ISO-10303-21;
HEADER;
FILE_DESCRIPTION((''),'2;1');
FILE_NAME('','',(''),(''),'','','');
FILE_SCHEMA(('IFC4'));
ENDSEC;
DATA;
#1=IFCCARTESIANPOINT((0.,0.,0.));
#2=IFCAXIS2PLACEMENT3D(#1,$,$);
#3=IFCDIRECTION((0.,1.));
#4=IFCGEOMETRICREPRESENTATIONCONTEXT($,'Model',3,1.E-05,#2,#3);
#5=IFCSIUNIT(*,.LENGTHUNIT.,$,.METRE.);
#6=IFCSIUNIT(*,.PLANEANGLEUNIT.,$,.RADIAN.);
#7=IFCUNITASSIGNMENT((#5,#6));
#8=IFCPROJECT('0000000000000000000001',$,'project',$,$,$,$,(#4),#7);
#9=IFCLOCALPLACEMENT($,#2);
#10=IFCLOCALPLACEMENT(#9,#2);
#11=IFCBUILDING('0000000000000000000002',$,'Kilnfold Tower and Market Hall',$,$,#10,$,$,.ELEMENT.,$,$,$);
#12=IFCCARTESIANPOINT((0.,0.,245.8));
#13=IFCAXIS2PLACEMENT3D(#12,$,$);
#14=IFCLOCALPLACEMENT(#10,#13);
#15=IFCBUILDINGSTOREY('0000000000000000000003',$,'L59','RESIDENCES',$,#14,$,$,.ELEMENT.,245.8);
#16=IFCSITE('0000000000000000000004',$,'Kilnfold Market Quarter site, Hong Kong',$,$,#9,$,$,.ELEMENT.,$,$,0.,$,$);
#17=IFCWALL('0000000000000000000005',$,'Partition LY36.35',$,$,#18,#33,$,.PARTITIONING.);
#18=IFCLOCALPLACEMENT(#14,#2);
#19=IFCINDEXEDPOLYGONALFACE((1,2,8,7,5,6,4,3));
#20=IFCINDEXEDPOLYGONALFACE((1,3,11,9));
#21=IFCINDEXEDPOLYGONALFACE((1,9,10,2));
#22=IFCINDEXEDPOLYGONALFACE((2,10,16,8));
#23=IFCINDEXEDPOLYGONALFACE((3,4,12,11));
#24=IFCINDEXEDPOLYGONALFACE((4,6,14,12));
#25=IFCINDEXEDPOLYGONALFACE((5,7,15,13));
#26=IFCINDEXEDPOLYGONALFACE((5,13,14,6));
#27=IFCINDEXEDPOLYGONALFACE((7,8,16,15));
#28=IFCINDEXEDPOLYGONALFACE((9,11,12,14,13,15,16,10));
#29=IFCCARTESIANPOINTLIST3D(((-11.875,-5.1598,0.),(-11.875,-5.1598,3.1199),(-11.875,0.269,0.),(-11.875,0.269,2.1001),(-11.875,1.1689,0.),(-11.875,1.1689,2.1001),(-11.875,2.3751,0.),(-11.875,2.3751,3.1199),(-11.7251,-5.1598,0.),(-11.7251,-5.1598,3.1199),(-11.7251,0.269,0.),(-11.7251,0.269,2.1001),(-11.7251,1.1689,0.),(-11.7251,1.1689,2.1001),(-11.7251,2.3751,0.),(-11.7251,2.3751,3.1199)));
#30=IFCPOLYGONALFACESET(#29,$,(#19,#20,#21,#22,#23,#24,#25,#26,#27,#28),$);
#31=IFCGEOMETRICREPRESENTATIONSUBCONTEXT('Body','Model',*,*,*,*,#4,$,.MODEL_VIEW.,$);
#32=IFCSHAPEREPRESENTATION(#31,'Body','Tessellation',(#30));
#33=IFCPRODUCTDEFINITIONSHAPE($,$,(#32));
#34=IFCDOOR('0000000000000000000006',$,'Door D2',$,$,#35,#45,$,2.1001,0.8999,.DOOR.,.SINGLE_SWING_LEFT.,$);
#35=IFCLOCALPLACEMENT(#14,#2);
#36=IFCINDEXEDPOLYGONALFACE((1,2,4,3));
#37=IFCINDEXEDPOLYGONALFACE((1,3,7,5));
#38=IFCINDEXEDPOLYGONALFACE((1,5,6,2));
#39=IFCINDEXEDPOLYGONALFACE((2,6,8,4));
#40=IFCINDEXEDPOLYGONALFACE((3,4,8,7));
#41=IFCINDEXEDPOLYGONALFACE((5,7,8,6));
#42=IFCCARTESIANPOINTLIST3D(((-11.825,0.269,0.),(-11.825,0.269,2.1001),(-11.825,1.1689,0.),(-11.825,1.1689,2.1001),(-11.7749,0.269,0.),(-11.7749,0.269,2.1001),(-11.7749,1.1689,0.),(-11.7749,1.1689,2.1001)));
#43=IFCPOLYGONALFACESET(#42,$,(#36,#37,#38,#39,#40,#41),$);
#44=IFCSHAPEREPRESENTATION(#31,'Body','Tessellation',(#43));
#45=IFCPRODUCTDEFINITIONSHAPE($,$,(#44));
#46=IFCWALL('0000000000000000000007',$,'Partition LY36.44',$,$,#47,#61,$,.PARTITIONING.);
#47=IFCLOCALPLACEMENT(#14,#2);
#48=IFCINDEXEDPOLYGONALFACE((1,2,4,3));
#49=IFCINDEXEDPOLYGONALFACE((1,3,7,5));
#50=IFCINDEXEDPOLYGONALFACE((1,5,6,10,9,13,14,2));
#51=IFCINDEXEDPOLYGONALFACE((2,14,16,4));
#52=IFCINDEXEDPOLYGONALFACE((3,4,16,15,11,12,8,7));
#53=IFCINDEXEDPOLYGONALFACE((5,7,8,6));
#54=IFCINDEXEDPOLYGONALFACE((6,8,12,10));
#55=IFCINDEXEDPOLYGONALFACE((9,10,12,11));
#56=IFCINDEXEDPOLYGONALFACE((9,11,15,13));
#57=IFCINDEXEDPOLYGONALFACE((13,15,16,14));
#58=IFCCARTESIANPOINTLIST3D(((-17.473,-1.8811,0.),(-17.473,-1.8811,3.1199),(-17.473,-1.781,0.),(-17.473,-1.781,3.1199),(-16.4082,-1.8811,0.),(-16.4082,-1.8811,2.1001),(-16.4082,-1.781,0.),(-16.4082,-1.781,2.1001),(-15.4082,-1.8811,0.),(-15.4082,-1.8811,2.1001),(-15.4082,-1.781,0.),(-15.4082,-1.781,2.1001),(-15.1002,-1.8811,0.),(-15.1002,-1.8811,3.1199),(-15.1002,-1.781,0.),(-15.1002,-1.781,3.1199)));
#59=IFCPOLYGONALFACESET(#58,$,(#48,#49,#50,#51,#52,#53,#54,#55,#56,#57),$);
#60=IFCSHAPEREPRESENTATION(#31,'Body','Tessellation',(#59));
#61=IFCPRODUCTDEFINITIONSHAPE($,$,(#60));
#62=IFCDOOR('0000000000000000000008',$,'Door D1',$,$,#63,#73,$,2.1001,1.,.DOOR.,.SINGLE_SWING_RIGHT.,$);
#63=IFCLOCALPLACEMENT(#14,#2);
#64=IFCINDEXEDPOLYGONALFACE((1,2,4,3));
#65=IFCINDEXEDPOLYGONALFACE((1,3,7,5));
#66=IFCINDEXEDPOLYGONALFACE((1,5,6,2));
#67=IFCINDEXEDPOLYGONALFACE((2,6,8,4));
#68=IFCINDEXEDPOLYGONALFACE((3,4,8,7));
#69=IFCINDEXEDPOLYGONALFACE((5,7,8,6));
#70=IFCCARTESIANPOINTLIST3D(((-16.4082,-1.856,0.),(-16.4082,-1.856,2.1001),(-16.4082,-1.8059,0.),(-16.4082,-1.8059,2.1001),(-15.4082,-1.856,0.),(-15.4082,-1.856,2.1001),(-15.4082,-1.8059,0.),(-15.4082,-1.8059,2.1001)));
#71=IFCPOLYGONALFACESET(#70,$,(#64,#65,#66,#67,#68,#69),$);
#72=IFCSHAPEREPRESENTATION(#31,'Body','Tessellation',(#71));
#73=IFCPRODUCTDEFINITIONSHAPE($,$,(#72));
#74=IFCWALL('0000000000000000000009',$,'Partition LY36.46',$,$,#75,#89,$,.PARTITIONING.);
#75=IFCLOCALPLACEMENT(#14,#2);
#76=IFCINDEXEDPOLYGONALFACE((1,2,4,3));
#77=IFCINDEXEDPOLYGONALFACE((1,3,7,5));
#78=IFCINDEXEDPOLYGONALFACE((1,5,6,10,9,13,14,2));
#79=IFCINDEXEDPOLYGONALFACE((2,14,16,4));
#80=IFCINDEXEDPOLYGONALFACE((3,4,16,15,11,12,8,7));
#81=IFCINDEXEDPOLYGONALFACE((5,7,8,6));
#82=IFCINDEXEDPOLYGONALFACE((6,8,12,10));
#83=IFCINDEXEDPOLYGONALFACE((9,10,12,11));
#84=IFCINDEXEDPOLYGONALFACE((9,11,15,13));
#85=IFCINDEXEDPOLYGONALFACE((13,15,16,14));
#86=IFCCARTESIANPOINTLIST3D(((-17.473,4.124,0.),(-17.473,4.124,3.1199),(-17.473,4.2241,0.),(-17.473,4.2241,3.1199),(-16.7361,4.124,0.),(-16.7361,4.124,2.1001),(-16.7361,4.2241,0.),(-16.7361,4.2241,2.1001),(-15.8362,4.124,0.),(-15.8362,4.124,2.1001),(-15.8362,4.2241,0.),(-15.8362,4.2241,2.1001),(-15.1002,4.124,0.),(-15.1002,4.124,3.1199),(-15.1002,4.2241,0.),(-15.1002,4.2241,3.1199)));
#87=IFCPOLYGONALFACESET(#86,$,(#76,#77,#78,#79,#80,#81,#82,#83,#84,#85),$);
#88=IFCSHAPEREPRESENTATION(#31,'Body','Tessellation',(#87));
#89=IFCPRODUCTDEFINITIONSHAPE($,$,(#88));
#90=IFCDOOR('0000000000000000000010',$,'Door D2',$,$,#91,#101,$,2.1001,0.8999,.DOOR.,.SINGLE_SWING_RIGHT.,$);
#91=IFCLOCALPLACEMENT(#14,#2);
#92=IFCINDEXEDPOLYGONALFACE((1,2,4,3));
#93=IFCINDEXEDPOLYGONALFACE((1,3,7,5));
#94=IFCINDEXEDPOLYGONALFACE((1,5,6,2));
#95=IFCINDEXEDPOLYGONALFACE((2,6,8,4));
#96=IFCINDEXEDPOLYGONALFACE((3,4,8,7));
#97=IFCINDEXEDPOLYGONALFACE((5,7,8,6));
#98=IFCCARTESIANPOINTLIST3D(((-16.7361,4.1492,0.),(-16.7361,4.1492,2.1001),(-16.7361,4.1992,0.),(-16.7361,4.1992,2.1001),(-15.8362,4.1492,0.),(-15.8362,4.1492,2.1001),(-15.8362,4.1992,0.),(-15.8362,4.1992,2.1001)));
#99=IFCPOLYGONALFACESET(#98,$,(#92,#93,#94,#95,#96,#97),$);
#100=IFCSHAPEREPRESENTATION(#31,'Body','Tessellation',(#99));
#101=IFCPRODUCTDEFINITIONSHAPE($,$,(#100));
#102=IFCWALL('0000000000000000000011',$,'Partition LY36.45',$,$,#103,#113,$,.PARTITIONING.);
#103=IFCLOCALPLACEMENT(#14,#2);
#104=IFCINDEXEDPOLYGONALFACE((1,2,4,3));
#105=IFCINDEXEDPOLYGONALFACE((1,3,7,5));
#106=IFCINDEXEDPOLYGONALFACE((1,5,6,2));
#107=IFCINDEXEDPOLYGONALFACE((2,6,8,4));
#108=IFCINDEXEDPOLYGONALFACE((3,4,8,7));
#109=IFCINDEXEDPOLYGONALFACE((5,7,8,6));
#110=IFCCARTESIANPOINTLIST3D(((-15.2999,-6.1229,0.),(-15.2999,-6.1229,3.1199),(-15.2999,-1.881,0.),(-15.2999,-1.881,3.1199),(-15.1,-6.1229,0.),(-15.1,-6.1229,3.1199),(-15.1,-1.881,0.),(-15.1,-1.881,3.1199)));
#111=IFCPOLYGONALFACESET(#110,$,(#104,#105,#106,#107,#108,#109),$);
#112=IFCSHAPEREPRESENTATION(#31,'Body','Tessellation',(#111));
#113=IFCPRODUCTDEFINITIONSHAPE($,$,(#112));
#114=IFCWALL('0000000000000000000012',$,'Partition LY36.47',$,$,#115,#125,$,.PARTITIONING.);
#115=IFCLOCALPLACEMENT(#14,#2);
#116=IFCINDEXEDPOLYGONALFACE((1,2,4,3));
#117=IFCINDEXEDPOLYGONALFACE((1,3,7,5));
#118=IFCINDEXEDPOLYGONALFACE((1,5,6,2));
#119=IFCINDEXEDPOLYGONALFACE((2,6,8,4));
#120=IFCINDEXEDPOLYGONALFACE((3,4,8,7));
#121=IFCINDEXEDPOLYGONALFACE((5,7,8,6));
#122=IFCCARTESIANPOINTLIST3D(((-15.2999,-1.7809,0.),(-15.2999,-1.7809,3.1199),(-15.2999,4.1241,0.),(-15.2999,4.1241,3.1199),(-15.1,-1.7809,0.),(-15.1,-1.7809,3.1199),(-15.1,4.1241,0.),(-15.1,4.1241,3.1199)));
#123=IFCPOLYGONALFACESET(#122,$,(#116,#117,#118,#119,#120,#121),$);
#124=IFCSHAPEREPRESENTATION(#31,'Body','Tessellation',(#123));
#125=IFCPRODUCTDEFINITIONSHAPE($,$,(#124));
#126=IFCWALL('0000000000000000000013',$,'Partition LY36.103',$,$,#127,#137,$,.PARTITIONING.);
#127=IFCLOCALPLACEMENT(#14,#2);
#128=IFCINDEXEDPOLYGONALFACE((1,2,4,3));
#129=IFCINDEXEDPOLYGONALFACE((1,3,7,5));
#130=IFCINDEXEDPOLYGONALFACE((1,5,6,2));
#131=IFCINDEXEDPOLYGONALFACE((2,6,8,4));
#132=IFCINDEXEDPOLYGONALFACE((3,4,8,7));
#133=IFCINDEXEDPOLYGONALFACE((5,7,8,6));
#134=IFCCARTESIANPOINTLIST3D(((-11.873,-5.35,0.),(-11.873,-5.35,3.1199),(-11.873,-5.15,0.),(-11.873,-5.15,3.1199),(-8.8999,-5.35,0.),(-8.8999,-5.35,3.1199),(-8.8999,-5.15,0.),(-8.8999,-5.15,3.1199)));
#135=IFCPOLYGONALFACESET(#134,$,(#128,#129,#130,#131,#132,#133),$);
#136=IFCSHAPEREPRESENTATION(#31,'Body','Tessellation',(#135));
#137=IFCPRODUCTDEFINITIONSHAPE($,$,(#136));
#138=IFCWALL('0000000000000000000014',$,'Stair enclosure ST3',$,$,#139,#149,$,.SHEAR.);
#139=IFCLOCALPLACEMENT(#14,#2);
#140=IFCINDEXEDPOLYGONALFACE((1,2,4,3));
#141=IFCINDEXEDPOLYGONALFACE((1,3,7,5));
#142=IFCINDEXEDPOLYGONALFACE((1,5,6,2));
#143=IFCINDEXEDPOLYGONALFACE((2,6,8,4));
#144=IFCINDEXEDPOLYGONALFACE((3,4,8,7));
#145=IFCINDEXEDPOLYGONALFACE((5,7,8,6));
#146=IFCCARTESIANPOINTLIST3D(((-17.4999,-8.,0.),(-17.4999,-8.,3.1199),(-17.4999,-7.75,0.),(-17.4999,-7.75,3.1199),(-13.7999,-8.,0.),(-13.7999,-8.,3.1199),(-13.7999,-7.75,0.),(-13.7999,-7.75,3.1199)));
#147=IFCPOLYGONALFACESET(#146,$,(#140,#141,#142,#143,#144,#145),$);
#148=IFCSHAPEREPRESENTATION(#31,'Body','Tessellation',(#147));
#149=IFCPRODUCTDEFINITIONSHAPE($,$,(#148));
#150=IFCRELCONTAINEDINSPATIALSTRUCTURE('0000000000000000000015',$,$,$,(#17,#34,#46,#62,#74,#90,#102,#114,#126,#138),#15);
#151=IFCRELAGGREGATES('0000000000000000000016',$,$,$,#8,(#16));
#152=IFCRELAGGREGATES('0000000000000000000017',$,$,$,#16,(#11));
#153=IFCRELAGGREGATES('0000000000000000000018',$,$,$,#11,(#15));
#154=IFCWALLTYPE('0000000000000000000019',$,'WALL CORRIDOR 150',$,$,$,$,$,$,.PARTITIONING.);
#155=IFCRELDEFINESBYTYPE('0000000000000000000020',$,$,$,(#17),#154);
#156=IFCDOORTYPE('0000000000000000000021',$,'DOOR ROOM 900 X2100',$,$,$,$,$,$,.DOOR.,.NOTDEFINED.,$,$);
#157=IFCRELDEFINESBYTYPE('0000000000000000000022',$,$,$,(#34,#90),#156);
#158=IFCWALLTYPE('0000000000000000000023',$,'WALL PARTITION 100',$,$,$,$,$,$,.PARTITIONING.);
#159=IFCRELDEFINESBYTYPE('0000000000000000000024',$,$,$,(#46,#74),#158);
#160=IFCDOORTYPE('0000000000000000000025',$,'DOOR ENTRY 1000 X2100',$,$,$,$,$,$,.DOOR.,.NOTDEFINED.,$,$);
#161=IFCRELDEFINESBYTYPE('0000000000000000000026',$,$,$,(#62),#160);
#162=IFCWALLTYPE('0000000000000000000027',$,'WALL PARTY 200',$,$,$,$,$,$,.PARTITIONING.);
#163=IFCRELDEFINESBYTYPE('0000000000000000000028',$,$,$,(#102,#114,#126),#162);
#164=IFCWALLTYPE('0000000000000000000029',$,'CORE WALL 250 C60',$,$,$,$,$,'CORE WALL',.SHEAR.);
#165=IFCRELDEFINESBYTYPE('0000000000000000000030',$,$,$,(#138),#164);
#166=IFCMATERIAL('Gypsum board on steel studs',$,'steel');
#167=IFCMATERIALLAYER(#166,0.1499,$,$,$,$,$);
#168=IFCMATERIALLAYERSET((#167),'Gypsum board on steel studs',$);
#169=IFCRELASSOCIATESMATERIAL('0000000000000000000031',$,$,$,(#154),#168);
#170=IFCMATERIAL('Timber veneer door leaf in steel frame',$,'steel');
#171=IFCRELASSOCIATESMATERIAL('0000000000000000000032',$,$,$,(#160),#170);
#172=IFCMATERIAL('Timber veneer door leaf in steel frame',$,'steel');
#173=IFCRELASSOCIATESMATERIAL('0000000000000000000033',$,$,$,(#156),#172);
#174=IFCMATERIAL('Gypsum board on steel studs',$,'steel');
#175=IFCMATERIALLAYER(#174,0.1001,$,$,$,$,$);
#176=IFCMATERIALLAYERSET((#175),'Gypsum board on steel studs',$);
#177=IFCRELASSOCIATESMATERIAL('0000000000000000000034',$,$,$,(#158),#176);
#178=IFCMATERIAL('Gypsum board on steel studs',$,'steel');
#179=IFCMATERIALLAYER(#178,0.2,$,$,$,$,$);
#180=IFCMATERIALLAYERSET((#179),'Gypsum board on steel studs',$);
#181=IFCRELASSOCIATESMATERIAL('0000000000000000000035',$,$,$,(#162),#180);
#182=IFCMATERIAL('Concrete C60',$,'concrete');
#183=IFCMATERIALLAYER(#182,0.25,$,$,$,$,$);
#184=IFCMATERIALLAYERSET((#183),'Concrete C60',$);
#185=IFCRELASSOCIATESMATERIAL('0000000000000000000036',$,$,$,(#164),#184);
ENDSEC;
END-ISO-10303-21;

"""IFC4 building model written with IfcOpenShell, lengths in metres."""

from ifc_helpers import new_model, si_unit, direction, frame, frame_2d, origin, place, context, subcontext, project, spatial, rectangle, extrude, source, transform, mapped, material, layer, layer_set, type_object, element, fill, save


model = new_model("IFC4")

# Units and contexts
model_context = context("Model", 3, precision=1e-05, world=origin(), true_north=direction((0.0, 1.0)))
body_context = subcontext(model_context, "Body", "Model", "MODEL_VIEW")
ifc_project = project(units=[si_unit("LENGTHUNIT", "METRE"), si_unit("PLANEANGLEUNIT", "RADIAN")], contexts=[model_context])

# Site, building, storey
site_placement = place(None, origin())
site = spatial("IfcSite", under=ifc_project, at=site_placement, Name="Kilnfold Market Quarter site, Hong Kong", CompositionType="ELEMENT", RefElevation=0.0)
building_placement = place(site_placement, origin())
building = spatial("IfcBuilding", under=site, at=building_placement, Name="Kilnfold Tower and Market Hall", CompositionType="ELEMENT")
storey_placement = place(building_placement, frame((0.0, 0.0, 245.8)))
storey = spatial("IfcBuildingStorey", under=building, at=storey_placement, Name="L59", Description="RESIDENCES", CompositionType="ELEMENT", Elevation=245.8)

# Shared definitions
ifc_material_1 = material(Name="Gypsum board on steel studs", Category="steel")
ifc_layer_1 = layer(ifc_material_1, 0.1499)
ifc_layer_set_1 = layer_set([ifc_layer_1], Name="Gypsum board on steel studs")
wall_type_1 = type_object("IfcWallType", Name="WALL CORRIDOR 150", PredefinedType="PARTITIONING", material=ifc_layer_set_1)
ifc_material_2 = material(Name="Timber veneer door leaf in steel frame", Category="steel")
door_type_1 = type_object("IfcDoorType", Name="DOOR ENTRY 1000 X2100", OperationType="NOTDEFINED", PredefinedType="DOOR", material=ifc_material_2)

# Walls, openings, doors
wall_1_placement = place(storey_placement, frame((-11.8, -5.1599, 0.0), z_axis=(0.0, 0.0, 1.0), x_axis=(0.0, 1.0, 0.0)))
wall_1 = element("IfcWall", 1, at=wall_1_placement, inside=storey, type_object=wall_type_1, Name="Partition LY36.35", PredefinedType="PARTITIONING", context=body_context, shape_type="SweptSolid", body=[
    extrude(rectangle(XDim=7.5349, YDim=0.1499, at=frame_2d((3.7676, 0.0))), origin(), (0.0, 0.0, 1.0), 3.1199),
])
opening_1_placement = place(wall_1_placement, frame((5.429, 0.0, 0.0)))
opening_1 = element("IfcOpeningElement", 2, at=opening_1_placement, cuts=wall_1, PredefinedType="OPENING", context=body_context, shape_type="SweptSolid", body=[
    extrude(rectangle(XDim=0.8999, YDim=2.1001, at=frame_2d((0.45, 1.05))), frame((0.0, 0.085, 0.0), z_axis=(0.0, -1.0, 0.0), x_axis=(1.0, 0.0, 0.0)), (0.0, 0.0, 1.0), 0.1699),
])
ifc_material_3 = material(Name="Timber veneer door leaf in steel frame", Category="steel")
door_type_2 = type_object("IfcDoorType", Name="DOOR ROOM 900 X2100", OperationType="NOTDEFINED", PredefinedType="DOOR", material=ifc_material_3)
door_1_placement = place(opening_1_placement, origin())
door_1 = element("IfcDoor", 3, at=door_1_placement, inside=storey, type_object=door_type_2, Name="Door D2", OperationType="SINGLE_SWING_LEFT", OverallHeight=2.1001, OverallWidth=0.8999, PredefinedType="DOOR", context=body_context, shape_type="SweptSolid", body=[
    extrude(rectangle(XDim=0.8999, YDim=2.1001, at=frame_2d((0.45, 1.05))), frame((0.0, 0.0249, 0.0), z_axis=(0.0, -1.0, 0.0), x_axis=(1.0, 0.0, 0.0)), (0.0, 0.0, 1.0), 0.05),
])
fill(opening_1, door_1)
ifc_material_4 = material(Name="Gypsum board on steel studs", Category="steel")
ifc_layer_2 = layer(ifc_material_4, 0.1001)
ifc_layer_set_2 = layer_set([ifc_layer_2], Name="Gypsum board on steel studs")
wall_type_2 = type_object("IfcWallType", Name="WALL PARTITION 100", PredefinedType="PARTITIONING", material=ifc_layer_set_2)
wall_2_placement = place(storey_placement, frame((-15.1001, -1.8311, 0.0), z_axis=(0.0, 0.0, 1.0), x_axis=(-1.0, 0.0, 0.0)))
wall_2 = element("IfcWall", 4, at=wall_2_placement, inside=storey, type_object=wall_type_2, Name="Partition LY36.44", PredefinedType="PARTITIONING", context=body_context, shape_type="SweptSolid", body=[
    extrude(rectangle(XDim=2.3728, YDim=0.1001, at=frame_2d((1.1865, 0.0))), origin(), (0.0, 0.0, 1.0), 3.1199),
])
opening_2_placement = place(wall_2_placement, frame((0.3081, 0.0, 0.0)))
opening_2 = element("IfcOpeningElement", 5, at=opening_2_placement, cuts=wall_2, PredefinedType="OPENING", context=body_context, shape_type="SweptSolid", body=[
    extrude(rectangle(XDim=1.0, YDim=2.1001, at=frame_2d((0.5, 1.05))), frame((0.0, 0.0601, 0.0), z_axis=(0.0, -1.0, 0.0), x_axis=(1.0, 0.0, 0.0)), (0.0, 0.0, 1.0), 0.1201),
])
door_2_placement = place(opening_2_placement, origin())
door_2 = element("IfcDoor", 6, at=door_2_placement, inside=storey, type_object=door_type_1, Name="Door D1", OperationType="SINGLE_SWING_RIGHT", OverallHeight=2.1001, OverallWidth=1.0, PredefinedType="DOOR", context=body_context, shape_type="SweptSolid", body=[
    extrude(rectangle(XDim=1.0, YDim=2.1001, at=frame_2d((0.5, 1.05))), frame((0.0, 0.0249, 0.0), z_axis=(0.0, -1.0, 0.0), x_axis=(1.0, 0.0, 0.0)), (0.0, 0.0, 1.0), 0.05),
])
fill(opening_2, door_2)
wall_3_placement = place(storey_placement, frame((-15.1001, 4.1741, 0.0), z_axis=(0.0, 0.0, 1.0), x_axis=(-1.0, 0.0, 0.0)))
wall_3 = element("IfcWall", 7, at=wall_3_placement, inside=storey, type_object=wall_type_2, Name="Partition LY36.46", PredefinedType="PARTITIONING", context=body_context, shape_type="SweptSolid", body=[
    extrude(rectangle(XDim=2.3728, YDim=0.1001, at=frame_2d((1.1865, 0.0))), origin(), (0.0, 0.0, 1.0), 3.1199),
])
opening_3_placement = place(wall_3_placement, frame((0.7361, 0.0, 0.0)))
opening_3 = element("IfcOpeningElement", 8, at=opening_3_placement, cuts=wall_3, PredefinedType="OPENING", context=body_context, shape_type="SweptSolid", body=[
    extrude(rectangle(XDim=0.8999, YDim=2.1001, at=frame_2d((0.45, 1.05))), frame((0.0, 0.0601, 0.0), z_axis=(0.0, -1.0, 0.0), x_axis=(1.0, 0.0, 0.0)), (0.0, 0.0, 1.0), 0.1201),
])
door_3_placement = place(opening_3_placement, origin())
door_3 = element("IfcDoor", 9, at=door_3_placement, inside=storey, type_object=door_type_2, Name="Door D2", OperationType="SINGLE_SWING_RIGHT", OverallHeight=2.1001, OverallWidth=0.8999, PredefinedType="DOOR", context=body_context, shape_type="SweptSolid", body=[
    extrude(rectangle(XDim=0.8999, YDim=2.1001, at=frame_2d((0.45, 1.05))), frame((0.0, 0.0249, 0.0), z_axis=(0.0, -1.0, 0.0), x_axis=(1.0, 0.0, 0.0)), (0.0, 0.0, 1.0), 0.05),
])
fill(opening_3, door_3)

# Walls
ifc_material_5 = material(Name="Gypsum board on steel studs", Category="steel")
ifc_layer_3 = layer(ifc_material_5, 0.2)
ifc_layer_set_3 = layer_set([ifc_layer_3], Name="Gypsum board on steel studs")
wall_type_3 = type_object("IfcWallType", Name="WALL PARTY 200", PredefinedType="PARTITIONING", material=ifc_layer_set_3)
wall_4_placement = place(storey_placement, frame((-15.2, -6.123, 0.0), z_axis=(0.0, 0.0, 1.0), x_axis=(0.0, 1.0, 0.0)))
element("IfcWall", 10, at=wall_4_placement, inside=storey, type_object=wall_type_3, Name="Partition LY36.45", PredefinedType="PARTITIONING", context=body_context, shape_type="SweptSolid", body=[
    extrude(rectangle(XDim=4.2419, YDim=0.2, at=frame_2d((2.1211, 0.0))), origin(), (0.0, 0.0, 1.0), 3.1199),
])
wall_5_placement = place(storey_placement, frame((-15.2, -1.781, 0.0), z_axis=(0.0, 0.0, 1.0), x_axis=(0.0, 1.0, 0.0)))
element("IfcWall", 11, at=wall_5_placement, inside=storey, type_object=wall_type_3, Name="Partition LY36.47", PredefinedType="PARTITIONING", context=body_context, shape_type="SweptSolid", body=[
    extrude(rectangle(XDim=5.905, YDim=0.2, at=frame_2d((2.9526, 0.0))), origin(), (0.0, 0.0, 1.0), 3.1199),
])
wall_6_placement = place(storey_placement, frame((-11.873, -5.25, 0.0), z_axis=(0.0, 0.0, 1.0), x_axis=(1.0, 0.0, 0.0)))
element("IfcWall", 12, at=wall_6_placement, inside=storey, type_object=wall_type_3, Name="Partition LY36.103", PredefinedType="PARTITIONING", context=body_context, shape_type="SweptSolid", body=[
    extrude(rectangle(XDim=2.9731, YDim=0.2, at=frame_2d((1.4866, 0.0))), origin(), (0.0, 0.0, 1.0), 3.1199),
])
ifc_material_6 = material(Name="Concrete C60", Category="concrete")
ifc_layer_4 = layer(ifc_material_6, 0.25)
ifc_layer_set_4 = layer_set([ifc_layer_4], Name="Concrete C60")
wall_type_4 = type_object("IfcWallType", Name="CORE WALL 250 C60", ElementType="CORE WALL", PredefinedType="SHEAR", material=ifc_layer_set_4)
shared_shape_1 = source(origin(), body_context, "Body", "SweptSolid", [
    extrude(rectangle(XDim=3.7, YDim=0.25, at=frame_2d((1.8501, 0.0))), origin(), (0.0, 0.0, 1.0), 3.1199),
])
wall_7_placement = place(storey_placement, frame((-17.5, -7.875, 0.0), z_axis=(0.0, 0.0, 1.0), x_axis=(1.0, 0.0, 0.0)))
element("IfcWall", 13, at=wall_7_placement, inside=storey, type_object=wall_type_4, Name="Stair enclosure ST3", PredefinedType="SHEAR", context=body_context, shape_type="MappedRepresentation", body=[
    mapped(shared_shape_1, transform((0.0, 0.0, 0.0))),
])

save(model, "model.ifc")
